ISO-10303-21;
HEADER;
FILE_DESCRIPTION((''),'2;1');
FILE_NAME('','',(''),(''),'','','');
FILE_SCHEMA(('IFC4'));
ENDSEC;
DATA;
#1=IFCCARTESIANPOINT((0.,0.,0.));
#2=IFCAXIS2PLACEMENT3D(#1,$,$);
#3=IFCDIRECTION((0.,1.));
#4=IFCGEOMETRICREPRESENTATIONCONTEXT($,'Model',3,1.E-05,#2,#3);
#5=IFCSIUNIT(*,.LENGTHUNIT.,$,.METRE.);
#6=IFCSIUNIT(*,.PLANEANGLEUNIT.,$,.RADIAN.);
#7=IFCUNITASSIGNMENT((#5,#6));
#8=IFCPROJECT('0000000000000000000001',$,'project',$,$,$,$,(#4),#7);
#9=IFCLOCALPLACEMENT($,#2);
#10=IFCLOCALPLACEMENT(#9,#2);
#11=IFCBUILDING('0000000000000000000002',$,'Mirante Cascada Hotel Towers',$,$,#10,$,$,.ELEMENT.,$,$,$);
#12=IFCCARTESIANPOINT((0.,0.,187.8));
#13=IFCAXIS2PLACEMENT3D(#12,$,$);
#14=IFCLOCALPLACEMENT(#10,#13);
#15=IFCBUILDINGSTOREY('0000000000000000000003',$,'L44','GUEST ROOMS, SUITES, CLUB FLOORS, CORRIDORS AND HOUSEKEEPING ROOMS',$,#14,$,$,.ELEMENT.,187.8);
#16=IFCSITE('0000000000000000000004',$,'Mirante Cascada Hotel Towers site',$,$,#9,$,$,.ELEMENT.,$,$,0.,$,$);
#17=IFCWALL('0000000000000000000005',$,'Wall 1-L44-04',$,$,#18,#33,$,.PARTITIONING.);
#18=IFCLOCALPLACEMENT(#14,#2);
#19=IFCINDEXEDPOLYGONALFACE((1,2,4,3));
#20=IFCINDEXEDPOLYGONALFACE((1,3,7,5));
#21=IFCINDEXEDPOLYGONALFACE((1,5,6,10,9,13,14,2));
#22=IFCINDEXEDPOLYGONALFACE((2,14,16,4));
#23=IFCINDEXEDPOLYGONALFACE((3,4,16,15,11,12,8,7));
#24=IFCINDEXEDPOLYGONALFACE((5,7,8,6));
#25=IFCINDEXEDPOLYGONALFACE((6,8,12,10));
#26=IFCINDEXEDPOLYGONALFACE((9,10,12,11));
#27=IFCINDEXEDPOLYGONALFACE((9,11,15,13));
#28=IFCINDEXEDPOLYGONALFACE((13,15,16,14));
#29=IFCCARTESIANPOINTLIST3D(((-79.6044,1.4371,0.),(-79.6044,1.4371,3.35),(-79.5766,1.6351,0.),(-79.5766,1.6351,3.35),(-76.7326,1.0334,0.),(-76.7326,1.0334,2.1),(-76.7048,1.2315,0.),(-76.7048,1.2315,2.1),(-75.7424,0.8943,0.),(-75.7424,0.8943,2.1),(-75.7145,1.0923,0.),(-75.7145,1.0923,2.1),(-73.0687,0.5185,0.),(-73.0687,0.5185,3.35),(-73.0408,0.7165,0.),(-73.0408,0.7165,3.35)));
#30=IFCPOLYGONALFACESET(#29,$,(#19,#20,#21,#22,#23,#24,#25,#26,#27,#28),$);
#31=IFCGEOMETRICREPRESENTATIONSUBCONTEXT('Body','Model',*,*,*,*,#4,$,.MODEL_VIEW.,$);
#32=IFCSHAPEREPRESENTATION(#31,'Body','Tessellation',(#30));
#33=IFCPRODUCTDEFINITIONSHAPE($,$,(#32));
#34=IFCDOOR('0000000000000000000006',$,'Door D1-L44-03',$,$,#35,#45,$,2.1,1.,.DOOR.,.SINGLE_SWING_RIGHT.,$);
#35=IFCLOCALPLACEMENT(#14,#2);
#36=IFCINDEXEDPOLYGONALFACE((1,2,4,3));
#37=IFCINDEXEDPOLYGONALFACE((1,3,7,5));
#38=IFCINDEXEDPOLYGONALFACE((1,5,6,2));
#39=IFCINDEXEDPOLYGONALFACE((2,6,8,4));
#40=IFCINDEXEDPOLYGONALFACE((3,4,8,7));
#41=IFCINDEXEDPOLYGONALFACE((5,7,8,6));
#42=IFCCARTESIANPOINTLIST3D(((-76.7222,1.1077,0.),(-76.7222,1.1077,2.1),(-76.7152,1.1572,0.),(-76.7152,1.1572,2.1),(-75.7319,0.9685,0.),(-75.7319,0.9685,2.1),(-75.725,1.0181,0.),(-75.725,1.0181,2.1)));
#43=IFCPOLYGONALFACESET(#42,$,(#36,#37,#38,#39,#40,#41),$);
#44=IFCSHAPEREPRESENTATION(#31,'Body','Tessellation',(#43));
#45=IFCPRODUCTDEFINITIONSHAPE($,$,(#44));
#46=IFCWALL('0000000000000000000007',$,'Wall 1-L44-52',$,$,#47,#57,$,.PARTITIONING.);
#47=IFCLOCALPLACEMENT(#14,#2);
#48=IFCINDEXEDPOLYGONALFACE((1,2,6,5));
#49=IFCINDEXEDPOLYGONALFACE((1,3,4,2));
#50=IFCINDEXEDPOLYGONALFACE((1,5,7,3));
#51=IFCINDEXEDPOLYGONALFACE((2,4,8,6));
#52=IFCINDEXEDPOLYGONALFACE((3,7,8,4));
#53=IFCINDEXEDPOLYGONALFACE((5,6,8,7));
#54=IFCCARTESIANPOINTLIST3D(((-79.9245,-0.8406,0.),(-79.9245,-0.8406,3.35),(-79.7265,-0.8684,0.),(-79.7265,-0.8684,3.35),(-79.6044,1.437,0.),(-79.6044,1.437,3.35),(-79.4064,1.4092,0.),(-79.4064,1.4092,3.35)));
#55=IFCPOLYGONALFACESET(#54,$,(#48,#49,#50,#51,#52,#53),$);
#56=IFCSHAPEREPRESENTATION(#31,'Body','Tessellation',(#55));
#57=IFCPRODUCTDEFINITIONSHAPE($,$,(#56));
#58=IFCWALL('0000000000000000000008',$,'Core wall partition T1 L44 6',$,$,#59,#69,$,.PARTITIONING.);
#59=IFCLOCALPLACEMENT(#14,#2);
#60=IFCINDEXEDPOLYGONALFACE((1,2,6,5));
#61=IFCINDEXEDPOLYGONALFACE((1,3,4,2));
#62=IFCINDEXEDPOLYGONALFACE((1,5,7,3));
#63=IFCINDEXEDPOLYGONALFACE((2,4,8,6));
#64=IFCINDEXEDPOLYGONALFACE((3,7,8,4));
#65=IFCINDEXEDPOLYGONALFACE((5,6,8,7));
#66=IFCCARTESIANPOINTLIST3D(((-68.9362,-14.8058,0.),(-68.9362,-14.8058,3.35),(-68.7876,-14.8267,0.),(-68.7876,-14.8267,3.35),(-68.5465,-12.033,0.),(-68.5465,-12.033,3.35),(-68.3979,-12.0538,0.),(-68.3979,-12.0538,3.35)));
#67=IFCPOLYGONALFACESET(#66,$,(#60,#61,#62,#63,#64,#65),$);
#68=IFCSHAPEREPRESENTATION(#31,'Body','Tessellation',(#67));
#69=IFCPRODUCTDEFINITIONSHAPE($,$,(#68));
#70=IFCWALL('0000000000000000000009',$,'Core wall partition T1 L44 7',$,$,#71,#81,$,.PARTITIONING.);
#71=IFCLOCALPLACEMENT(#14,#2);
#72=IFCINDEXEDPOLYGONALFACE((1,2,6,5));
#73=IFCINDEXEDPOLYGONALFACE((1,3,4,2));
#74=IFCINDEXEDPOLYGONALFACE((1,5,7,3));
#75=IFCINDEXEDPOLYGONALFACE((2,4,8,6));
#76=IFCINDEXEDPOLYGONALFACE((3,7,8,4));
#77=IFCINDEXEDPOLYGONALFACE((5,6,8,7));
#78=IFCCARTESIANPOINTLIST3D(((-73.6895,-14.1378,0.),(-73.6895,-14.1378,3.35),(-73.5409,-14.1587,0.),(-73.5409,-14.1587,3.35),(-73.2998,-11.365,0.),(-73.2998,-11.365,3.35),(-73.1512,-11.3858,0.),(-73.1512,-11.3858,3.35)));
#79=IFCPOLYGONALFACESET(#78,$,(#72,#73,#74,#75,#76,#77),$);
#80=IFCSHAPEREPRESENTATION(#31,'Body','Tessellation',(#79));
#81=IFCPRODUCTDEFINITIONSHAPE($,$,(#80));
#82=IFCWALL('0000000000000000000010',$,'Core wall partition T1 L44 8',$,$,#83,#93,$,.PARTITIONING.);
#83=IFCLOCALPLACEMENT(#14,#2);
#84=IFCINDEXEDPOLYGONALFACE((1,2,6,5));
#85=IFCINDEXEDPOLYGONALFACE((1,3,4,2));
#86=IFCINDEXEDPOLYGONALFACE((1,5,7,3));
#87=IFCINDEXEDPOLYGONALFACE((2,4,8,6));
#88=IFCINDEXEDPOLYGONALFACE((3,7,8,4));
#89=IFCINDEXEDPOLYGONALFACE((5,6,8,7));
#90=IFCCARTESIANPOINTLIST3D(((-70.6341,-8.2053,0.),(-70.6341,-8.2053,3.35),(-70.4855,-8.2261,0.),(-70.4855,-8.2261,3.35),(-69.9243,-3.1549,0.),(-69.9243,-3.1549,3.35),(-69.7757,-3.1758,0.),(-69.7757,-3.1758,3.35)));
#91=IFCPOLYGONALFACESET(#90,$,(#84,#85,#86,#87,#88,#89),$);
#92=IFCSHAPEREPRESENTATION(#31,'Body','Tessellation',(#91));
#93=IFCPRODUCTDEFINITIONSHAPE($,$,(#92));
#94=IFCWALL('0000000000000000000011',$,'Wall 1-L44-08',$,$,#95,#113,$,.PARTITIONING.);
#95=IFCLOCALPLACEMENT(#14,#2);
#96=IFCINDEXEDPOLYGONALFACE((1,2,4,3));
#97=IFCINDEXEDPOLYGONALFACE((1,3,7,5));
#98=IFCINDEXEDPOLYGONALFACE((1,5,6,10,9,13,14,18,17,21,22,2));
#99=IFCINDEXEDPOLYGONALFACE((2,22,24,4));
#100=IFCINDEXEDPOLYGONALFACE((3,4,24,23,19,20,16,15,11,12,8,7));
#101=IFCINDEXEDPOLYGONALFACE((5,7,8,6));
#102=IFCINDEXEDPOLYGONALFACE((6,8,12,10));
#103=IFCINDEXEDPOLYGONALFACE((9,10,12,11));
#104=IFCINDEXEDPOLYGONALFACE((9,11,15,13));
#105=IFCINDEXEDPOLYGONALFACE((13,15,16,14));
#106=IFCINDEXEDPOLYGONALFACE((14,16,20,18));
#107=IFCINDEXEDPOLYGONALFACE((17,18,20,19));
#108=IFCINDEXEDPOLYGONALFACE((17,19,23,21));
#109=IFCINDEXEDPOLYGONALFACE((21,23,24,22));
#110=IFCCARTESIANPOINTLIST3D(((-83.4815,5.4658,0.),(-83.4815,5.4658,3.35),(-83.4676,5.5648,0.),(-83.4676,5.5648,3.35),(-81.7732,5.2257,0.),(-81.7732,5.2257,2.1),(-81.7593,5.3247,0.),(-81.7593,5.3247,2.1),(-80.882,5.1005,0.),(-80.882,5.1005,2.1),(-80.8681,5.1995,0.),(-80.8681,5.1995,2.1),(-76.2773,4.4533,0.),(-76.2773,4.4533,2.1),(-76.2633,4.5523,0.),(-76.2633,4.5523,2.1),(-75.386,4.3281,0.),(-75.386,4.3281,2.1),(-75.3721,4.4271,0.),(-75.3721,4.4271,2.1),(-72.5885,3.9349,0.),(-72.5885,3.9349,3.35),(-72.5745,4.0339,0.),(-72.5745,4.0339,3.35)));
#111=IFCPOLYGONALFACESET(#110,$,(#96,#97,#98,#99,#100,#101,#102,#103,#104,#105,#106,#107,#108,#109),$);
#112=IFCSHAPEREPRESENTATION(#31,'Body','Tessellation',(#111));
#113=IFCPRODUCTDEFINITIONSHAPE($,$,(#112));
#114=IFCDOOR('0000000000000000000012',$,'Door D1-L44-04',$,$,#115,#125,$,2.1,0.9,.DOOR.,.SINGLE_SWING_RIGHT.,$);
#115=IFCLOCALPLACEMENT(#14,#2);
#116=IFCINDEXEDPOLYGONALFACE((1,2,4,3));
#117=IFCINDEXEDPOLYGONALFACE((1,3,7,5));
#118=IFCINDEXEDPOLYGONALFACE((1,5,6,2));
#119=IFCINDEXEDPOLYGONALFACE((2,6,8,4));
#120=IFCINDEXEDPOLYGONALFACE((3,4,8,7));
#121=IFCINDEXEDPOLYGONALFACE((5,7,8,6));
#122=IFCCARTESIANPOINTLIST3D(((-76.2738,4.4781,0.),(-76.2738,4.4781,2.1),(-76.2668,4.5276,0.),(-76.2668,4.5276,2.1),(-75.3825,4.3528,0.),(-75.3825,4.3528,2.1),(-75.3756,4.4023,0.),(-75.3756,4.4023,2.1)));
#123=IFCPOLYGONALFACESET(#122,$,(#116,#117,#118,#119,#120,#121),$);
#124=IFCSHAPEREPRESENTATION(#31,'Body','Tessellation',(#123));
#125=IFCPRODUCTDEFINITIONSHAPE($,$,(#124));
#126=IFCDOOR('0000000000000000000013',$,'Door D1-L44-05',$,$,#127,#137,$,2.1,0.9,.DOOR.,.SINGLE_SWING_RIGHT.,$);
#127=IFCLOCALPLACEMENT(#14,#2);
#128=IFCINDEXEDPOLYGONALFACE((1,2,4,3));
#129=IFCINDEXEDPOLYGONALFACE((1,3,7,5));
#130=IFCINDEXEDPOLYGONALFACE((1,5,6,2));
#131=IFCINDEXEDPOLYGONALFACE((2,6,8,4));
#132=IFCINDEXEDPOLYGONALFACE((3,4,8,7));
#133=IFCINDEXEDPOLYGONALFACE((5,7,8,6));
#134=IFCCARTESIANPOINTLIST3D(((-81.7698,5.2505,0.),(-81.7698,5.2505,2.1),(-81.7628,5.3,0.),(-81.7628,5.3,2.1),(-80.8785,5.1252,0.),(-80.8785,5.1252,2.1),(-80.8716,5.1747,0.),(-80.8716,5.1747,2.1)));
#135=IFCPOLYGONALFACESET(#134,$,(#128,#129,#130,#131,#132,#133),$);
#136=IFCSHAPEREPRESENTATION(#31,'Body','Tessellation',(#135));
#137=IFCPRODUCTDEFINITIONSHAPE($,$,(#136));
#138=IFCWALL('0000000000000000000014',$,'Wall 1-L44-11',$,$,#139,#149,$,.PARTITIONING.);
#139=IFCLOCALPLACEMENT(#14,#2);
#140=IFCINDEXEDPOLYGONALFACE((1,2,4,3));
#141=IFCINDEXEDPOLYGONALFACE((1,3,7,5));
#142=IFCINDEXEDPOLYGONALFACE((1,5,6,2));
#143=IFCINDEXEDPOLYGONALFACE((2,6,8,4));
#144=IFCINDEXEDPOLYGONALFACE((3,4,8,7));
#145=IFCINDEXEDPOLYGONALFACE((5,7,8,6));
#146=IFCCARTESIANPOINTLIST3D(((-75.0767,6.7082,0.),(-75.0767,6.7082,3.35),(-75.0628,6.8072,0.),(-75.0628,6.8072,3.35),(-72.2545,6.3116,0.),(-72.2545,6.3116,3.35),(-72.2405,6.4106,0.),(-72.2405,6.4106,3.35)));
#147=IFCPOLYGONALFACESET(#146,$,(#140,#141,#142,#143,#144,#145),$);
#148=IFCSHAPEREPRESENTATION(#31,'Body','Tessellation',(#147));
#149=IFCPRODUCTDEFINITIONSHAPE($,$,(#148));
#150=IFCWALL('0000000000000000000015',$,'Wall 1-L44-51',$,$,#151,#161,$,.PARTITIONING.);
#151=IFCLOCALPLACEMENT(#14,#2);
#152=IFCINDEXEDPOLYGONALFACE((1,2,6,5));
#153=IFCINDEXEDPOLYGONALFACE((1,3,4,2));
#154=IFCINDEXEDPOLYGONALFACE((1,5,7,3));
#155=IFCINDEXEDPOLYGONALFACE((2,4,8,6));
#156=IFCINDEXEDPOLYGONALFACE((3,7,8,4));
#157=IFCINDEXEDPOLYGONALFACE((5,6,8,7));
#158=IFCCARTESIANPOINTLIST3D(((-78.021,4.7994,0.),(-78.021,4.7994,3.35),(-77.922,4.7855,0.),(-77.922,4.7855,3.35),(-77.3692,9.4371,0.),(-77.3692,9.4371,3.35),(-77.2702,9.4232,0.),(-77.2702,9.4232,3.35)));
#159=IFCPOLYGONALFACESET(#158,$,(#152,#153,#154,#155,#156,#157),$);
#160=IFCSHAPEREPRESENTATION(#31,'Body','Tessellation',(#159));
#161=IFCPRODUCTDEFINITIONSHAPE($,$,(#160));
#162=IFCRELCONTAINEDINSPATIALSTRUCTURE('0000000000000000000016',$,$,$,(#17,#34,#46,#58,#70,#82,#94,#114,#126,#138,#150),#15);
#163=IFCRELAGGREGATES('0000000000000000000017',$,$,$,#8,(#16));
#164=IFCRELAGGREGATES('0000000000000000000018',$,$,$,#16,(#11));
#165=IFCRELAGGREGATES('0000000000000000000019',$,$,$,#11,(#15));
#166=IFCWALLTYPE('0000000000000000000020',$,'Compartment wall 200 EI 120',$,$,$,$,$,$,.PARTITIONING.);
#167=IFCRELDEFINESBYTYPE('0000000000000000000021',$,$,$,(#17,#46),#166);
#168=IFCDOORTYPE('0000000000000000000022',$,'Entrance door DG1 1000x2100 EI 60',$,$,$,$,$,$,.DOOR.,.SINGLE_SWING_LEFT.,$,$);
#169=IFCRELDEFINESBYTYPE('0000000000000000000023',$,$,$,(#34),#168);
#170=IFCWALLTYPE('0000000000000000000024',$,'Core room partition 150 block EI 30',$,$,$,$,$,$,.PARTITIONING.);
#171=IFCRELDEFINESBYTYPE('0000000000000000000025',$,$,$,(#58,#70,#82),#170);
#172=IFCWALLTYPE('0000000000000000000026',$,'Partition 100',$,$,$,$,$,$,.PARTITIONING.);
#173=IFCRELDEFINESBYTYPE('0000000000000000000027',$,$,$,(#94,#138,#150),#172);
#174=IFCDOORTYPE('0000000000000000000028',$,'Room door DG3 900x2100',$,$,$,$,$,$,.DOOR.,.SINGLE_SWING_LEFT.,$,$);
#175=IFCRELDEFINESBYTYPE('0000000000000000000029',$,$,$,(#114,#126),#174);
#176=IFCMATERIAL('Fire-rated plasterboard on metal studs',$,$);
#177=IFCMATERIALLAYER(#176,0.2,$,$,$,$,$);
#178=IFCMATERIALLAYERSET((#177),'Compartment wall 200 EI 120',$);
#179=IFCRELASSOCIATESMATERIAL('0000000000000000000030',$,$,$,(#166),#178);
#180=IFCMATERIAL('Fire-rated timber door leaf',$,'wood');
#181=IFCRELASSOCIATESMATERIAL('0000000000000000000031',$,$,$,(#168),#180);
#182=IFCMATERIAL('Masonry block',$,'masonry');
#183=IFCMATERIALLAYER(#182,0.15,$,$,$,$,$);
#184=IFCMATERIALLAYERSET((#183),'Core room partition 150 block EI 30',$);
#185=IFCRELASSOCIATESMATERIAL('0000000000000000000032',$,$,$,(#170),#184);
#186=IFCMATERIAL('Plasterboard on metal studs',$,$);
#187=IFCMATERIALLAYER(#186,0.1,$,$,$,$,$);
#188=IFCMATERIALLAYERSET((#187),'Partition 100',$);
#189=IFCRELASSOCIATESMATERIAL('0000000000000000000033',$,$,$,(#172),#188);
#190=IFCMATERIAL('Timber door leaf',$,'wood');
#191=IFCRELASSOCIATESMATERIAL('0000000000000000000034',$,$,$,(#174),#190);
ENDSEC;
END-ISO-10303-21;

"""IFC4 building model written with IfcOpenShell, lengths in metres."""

from ifc_helpers import new_model, si_unit, direction, frame, frame_2d, origin, place, context, subcontext, project, spatial, rectangle, extrude, material, layer, layer_set, type_object, element, fill, save


model = new_model("IFC4")

# Units and contexts
model_context = context("Model", 3, precision=1e-05, world=origin(), true_north=direction((0.0, 1.0)))
body_context = subcontext(model_context, "Body", "Model", "MODEL_VIEW")
ifc_project = project(units=[si_unit("LENGTHUNIT", "METRE"), si_unit("PLANEANGLEUNIT", "RADIAN")], contexts=[model_context])

# Site, building, storey
site_placement = place(None, origin())
site = spatial("IfcSite", under=ifc_project, at=site_placement, Name="Mirante Cascada Hotel Towers site", CompositionType="ELEMENT", RefElevation=0.0)
building_placement = place(site_placement, origin())
building = spatial("IfcBuilding", under=site, at=building_placement, Name="Mirante Cascada Hotel Towers", CompositionType="ELEMENT")
storey_placement = place(building_placement, frame((0.0, 0.0, 187.8)))
storey = spatial("IfcBuildingStorey", under=building, at=storey_placement, Name="L44", Description="GUEST ROOMS, SUITES, CLUB FLOORS, CORRIDORS AND HOUSEKEEPING ROOMS", CompositionType="ELEMENT", Elevation=187.8)

# Wall, opening, door
ifc_material_1 = material(Name="Fire-rated plasterboard on metal studs")
ifc_layer_1 = layer(ifc_material_1, 0.2)
ifc_layer_set_1 = layer_set([ifc_layer_1], Name="Compartment wall 200 EI 120")
wall_type_1 = type_object("IfcWallType", Name="Compartment wall 200 EI 120", PredefinedType="PARTITIONING", material=ifc_layer_set_1)
wall_1_placement = place(storey_placement, frame((-79.5905, 1.5361, 0.0), z_axis=(0.0, 0.0, 1.0), x_axis=(0.990267, -0.139181, 0.0)))
wall_1 = element("IfcWall", 1, at=wall_1_placement, inside=storey, type_object=wall_type_1, Name="Wall 1-L44-04", PredefinedType="PARTITIONING", context=body_context, shape_type="SweptSolid", body=[
    extrude(rectangle(XDim=6.6, YDim=0.2, at=frame_2d((3.3, 0.0))), origin(), (0.0, 0.0, 1.0), 3.35),
])
opening_1_placement = place(wall_1_placement, frame((2.9, 0.0, 0.0)))
opening_1 = element("IfcOpeningElement", 2, at=opening_1_placement, cuts=wall_1, PredefinedType="OPENING", context=body_context, shape_type="SweptSolid", body=[
    extrude(rectangle(XDim=1.0, YDim=2.1, at=frame_2d((0.5, 1.05))), frame((0.0, 0.1, 0.0), z_axis=(0.0, -1.0, 0.0), x_axis=(1.0, 0.0, 0.0)), (0.0, 0.0, 1.0), 0.2),
])
ifc_material_2 = material(Name="Fire-rated timber door leaf", Category="wood")
door_type_1 = type_object("IfcDoorType", Name="Entrance door DG1 1000x2100 EI 60", OperationType="SINGLE_SWING_LEFT", PredefinedType="DOOR", material=ifc_material_2)
door_1_placement = place(opening_1_placement, frame((1.0, 0.0, 0.0), z_axis=(0.0, 0.0, 1.0), x_axis=(-1.0, 0.0, 0.0)))
door_1 = element("IfcDoor", 3, at=door_1_placement, inside=storey, type_object=door_type_1, Name="Door D1-L44-03", OperationType="SINGLE_SWING_RIGHT", OverallHeight=2.1, OverallWidth=1.0, PredefinedType="DOOR", context=body_context, shape_type="SweptSolid", body=[
    extrude(rectangle(XDim=1.0, YDim=2.1, at=frame_2d((0.5, 1.05))), frame((0.0, 0.025, 0.0), z_axis=(0.0, -1.0, 0.0), x_axis=(1.0, 0.0, 0.0)), (0.0, 0.0, 1.0), 0.05),
])
fill(opening_1, door_1)

# Walls
wall_2_placement = place(storey_placement, frame((-79.5054, 1.4231, 0.0), z_axis=(0.0, 0.0, 1.0), x_axis=(-0.139175, -0.990268, 0.0)))
element("IfcWall", 4, at=wall_2_placement, inside=storey, type_object=wall_type_1, Name="Wall 1-L44-52", PredefinedType="PARTITIONING", context=body_context, shape_type="SweptSolid", body=[
    extrude(rectangle(XDim=2.3, YDim=0.2, at=frame_2d((1.15, 0.0))), origin(), (0.0, 0.0, 1.0), 3.35),
])
ifc_material_3 = material(Name="Masonry block", Category="masonry")
ifc_layer_2 = layer(ifc_material_3, 0.15)
ifc_layer_set_2 = layer_set([ifc_layer_2], Name="Core room partition 150 block EI 30")
wall_type_2 = type_object("IfcWallType", Name="Core room partition 150 block EI 30", PredefinedType="PARTITIONING", material=ifc_layer_set_2)
for number, where, z_axis, x_axis, name in (
    (5, (-68.8619, -14.8162, 0.0), (0.0, 0.0, 1.0), (0.139176, 0.990268, 0.0), "Core wall partition T1 L44 6"),
    (6, (-73.6152, -14.1482, 0.0), (0.0, 0.0, 1.0), (0.139176, 0.990268, 0.0), "Core wall partition T1 L44 7"),
):
    element("IfcWall", number, at=place(storey_placement, frame(where, z_axis=z_axis, x_axis=x_axis)), inside=storey, type_object=wall_type_2, Name=name, PredefinedType="PARTITIONING", context=body_context, shape_type="SweptSolid", body=[
        extrude(rectangle(XDim=2.8001, YDim=0.15, at=frame_2d((1.4, 0.0))), origin(), (0.0, 0.0, 1.0), 3.35),
    ])
wall_3_placement = place(storey_placement, frame((-70.5598, -8.2157, 0.0), z_axis=(0.0, 0.0, 1.0), x_axis=(0.139176, 0.990268, 0.0)))
element("IfcWall", 7, at=wall_3_placement, inside=storey, type_object=wall_type_2, Name="Core wall partition T1 L44 8", PredefinedType="PARTITIONING", context=body_context, shape_type="SweptSolid", body=[
    extrude(rectangle(XDim=5.1, YDim=0.15, at=frame_2d((2.55, 0.0))), origin(), (0.0, 0.0, 1.0), 3.35),
])

# Wall, openings, doors
ifc_material_4 = material(Name="Plasterboard on metal studs")
ifc_layer_3 = layer(ifc_material_4, 0.1)
ifc_layer_set_3 = layer_set([ifc_layer_3], Name="Partition 100")
wall_type_3 = type_object("IfcWallType", Name="Partition 100", PredefinedType="PARTITIONING", material=ifc_layer_set_3)
wall_4_placement = place(storey_placement, frame((-83.4745, 5.5153, 0.0), z_axis=(0.0, 0.0, 1.0), x_axis=(0.990268, -0.139172, 0.0)))
wall_4 = element("IfcWall", 8, at=wall_4_placement, inside=storey, type_object=wall_type_3, Name="Wall 1-L44-08", PredefinedType="PARTITIONING", context=body_context, shape_type="SweptSolid", body=[
    extrude(rectangle(XDim=11.0001, YDim=0.1, at=frame_2d((5.5, 0.0))), origin(), (0.0, 0.0, 1.0), 3.35),
])
opening_2_placement = place(wall_4_placement, frame((7.275, 0.0, 0.0)))
opening_2 = element("IfcOpeningElement", 9, at=opening_2_placement, cuts=wall_4, PredefinedType="OPENING", context=body_context, shape_type="SweptSolid", body=[
    extrude(rectangle(XDim=0.9, YDim=2.1, at=frame_2d((0.45, 1.05))), frame((0.0, 0.05, 0.0), z_axis=(0.0, -1.0, 0.0), x_axis=(1.0, 0.0, 0.0)), (0.0, 0.0, 1.0), 0.1),
])
opening_3_placement = place(wall_4_placement, frame((1.725, 0.0, 0.0)))
opening_3 = element("IfcOpeningElement", 10, at=opening_3_placement, cuts=wall_4, PredefinedType="OPENING", context=body_context, shape_type="SweptSolid", body=[
    extrude(rectangle(XDim=0.9, YDim=2.1, at=frame_2d((0.45, 1.05))), frame((0.0, 0.05, 0.0), z_axis=(0.0, -1.0, 0.0), x_axis=(1.0, 0.0, 0.0)), (0.0, 0.0, 1.0), 0.1),
])
ifc_material_5 = material(Name="Timber door leaf", Category="wood")
door_type_2 = type_object("IfcDoorType", Name="Room door DG3 900x2100", OperationType="SINGLE_SWING_LEFT", PredefinedType="DOOR", material=ifc_material_5)
door_2_placement = place(opening_2_placement, frame((0.9, 0.0, 0.0), z_axis=(0.0, 0.0, 1.0), x_axis=(-1.0, 0.0, 0.0)))
door_2 = element("IfcDoor", 11, at=door_2_placement, inside=storey, type_object=door_type_2, Name="Door D1-L44-04", OperationType="SINGLE_SWING_RIGHT", OverallHeight=2.1, OverallWidth=0.9, PredefinedType="DOOR", context=body_context, shape_type="SweptSolid", body=[
    extrude(rectangle(XDim=0.9, YDim=2.1, at=frame_2d((0.45, 1.05))), frame((0.0, 0.025, 0.0), z_axis=(0.0, -1.0, 0.0), x_axis=(1.0, 0.0, 0.0)), (0.0, 0.0, 1.0), 0.05),
])
fill(opening_2, door_2)
door_3_placement = place(opening_3_placement, frame((0.9, 0.0, 0.0), z_axis=(0.0, 0.0, 1.0), x_axis=(-1.0, 0.0, 0.0)))
door_3 = element("IfcDoor", 12, at=door_3_placement, inside=storey, type_object=door_type_2, Name="Door D1-L44-05", OperationType="SINGLE_SWING_RIGHT", OverallHeight=2.1, OverallWidth=0.9, PredefinedType="DOOR", context=body_context, shape_type="SweptSolid", body=[
    extrude(rectangle(XDim=0.9, YDim=2.1, at=frame_2d((0.45, 1.05))), frame((0.0, 0.025, 0.0), z_axis=(0.0, -1.0, 0.0), x_axis=(1.0, 0.0, 0.0)), (0.0, 0.0, 1.0), 0.05),
])
fill(opening_3, door_3)

# Walls
wall_5_placement = place(storey_placement, frame((-72.2475, 6.3611, 0.0), z_axis=(0.0, 0.0, 1.0), x_axis=(-0.99027, 0.139156, 0.0)))
element("IfcWall", 13, at=wall_5_placement, inside=storey, type_object=wall_type_3, Name="Wall 1-L44-11", PredefinedType="PARTITIONING", context=body_context, shape_type="SweptSolid", body=[
    extrude(rectangle(XDim=2.85, YDim=0.1, at=frame_2d((1.425, 0.0))), origin(), (0.0, 0.0, 1.0), 3.35),
])
wall_6_placement = place(storey_placement, frame((-77.9715, 4.7925, 0.0), z_axis=(0.0, 0.0, 1.0), x_axis=(0.139176, 0.990268, 0.0)))
element("IfcWall", 14, at=wall_6_placement, inside=storey, type_object=wall_type_3, Name="Wall 1-L44-51", PredefinedType="PARTITIONING", context=body_context, shape_type="SweptSolid", body=[
    extrude(rectangle(XDim=4.6833, YDim=0.1, at=frame_2d((2.3416, 0.0))), origin(), (0.0, 0.0, 1.0), 3.35),
])

save(model, "model.ifc")
